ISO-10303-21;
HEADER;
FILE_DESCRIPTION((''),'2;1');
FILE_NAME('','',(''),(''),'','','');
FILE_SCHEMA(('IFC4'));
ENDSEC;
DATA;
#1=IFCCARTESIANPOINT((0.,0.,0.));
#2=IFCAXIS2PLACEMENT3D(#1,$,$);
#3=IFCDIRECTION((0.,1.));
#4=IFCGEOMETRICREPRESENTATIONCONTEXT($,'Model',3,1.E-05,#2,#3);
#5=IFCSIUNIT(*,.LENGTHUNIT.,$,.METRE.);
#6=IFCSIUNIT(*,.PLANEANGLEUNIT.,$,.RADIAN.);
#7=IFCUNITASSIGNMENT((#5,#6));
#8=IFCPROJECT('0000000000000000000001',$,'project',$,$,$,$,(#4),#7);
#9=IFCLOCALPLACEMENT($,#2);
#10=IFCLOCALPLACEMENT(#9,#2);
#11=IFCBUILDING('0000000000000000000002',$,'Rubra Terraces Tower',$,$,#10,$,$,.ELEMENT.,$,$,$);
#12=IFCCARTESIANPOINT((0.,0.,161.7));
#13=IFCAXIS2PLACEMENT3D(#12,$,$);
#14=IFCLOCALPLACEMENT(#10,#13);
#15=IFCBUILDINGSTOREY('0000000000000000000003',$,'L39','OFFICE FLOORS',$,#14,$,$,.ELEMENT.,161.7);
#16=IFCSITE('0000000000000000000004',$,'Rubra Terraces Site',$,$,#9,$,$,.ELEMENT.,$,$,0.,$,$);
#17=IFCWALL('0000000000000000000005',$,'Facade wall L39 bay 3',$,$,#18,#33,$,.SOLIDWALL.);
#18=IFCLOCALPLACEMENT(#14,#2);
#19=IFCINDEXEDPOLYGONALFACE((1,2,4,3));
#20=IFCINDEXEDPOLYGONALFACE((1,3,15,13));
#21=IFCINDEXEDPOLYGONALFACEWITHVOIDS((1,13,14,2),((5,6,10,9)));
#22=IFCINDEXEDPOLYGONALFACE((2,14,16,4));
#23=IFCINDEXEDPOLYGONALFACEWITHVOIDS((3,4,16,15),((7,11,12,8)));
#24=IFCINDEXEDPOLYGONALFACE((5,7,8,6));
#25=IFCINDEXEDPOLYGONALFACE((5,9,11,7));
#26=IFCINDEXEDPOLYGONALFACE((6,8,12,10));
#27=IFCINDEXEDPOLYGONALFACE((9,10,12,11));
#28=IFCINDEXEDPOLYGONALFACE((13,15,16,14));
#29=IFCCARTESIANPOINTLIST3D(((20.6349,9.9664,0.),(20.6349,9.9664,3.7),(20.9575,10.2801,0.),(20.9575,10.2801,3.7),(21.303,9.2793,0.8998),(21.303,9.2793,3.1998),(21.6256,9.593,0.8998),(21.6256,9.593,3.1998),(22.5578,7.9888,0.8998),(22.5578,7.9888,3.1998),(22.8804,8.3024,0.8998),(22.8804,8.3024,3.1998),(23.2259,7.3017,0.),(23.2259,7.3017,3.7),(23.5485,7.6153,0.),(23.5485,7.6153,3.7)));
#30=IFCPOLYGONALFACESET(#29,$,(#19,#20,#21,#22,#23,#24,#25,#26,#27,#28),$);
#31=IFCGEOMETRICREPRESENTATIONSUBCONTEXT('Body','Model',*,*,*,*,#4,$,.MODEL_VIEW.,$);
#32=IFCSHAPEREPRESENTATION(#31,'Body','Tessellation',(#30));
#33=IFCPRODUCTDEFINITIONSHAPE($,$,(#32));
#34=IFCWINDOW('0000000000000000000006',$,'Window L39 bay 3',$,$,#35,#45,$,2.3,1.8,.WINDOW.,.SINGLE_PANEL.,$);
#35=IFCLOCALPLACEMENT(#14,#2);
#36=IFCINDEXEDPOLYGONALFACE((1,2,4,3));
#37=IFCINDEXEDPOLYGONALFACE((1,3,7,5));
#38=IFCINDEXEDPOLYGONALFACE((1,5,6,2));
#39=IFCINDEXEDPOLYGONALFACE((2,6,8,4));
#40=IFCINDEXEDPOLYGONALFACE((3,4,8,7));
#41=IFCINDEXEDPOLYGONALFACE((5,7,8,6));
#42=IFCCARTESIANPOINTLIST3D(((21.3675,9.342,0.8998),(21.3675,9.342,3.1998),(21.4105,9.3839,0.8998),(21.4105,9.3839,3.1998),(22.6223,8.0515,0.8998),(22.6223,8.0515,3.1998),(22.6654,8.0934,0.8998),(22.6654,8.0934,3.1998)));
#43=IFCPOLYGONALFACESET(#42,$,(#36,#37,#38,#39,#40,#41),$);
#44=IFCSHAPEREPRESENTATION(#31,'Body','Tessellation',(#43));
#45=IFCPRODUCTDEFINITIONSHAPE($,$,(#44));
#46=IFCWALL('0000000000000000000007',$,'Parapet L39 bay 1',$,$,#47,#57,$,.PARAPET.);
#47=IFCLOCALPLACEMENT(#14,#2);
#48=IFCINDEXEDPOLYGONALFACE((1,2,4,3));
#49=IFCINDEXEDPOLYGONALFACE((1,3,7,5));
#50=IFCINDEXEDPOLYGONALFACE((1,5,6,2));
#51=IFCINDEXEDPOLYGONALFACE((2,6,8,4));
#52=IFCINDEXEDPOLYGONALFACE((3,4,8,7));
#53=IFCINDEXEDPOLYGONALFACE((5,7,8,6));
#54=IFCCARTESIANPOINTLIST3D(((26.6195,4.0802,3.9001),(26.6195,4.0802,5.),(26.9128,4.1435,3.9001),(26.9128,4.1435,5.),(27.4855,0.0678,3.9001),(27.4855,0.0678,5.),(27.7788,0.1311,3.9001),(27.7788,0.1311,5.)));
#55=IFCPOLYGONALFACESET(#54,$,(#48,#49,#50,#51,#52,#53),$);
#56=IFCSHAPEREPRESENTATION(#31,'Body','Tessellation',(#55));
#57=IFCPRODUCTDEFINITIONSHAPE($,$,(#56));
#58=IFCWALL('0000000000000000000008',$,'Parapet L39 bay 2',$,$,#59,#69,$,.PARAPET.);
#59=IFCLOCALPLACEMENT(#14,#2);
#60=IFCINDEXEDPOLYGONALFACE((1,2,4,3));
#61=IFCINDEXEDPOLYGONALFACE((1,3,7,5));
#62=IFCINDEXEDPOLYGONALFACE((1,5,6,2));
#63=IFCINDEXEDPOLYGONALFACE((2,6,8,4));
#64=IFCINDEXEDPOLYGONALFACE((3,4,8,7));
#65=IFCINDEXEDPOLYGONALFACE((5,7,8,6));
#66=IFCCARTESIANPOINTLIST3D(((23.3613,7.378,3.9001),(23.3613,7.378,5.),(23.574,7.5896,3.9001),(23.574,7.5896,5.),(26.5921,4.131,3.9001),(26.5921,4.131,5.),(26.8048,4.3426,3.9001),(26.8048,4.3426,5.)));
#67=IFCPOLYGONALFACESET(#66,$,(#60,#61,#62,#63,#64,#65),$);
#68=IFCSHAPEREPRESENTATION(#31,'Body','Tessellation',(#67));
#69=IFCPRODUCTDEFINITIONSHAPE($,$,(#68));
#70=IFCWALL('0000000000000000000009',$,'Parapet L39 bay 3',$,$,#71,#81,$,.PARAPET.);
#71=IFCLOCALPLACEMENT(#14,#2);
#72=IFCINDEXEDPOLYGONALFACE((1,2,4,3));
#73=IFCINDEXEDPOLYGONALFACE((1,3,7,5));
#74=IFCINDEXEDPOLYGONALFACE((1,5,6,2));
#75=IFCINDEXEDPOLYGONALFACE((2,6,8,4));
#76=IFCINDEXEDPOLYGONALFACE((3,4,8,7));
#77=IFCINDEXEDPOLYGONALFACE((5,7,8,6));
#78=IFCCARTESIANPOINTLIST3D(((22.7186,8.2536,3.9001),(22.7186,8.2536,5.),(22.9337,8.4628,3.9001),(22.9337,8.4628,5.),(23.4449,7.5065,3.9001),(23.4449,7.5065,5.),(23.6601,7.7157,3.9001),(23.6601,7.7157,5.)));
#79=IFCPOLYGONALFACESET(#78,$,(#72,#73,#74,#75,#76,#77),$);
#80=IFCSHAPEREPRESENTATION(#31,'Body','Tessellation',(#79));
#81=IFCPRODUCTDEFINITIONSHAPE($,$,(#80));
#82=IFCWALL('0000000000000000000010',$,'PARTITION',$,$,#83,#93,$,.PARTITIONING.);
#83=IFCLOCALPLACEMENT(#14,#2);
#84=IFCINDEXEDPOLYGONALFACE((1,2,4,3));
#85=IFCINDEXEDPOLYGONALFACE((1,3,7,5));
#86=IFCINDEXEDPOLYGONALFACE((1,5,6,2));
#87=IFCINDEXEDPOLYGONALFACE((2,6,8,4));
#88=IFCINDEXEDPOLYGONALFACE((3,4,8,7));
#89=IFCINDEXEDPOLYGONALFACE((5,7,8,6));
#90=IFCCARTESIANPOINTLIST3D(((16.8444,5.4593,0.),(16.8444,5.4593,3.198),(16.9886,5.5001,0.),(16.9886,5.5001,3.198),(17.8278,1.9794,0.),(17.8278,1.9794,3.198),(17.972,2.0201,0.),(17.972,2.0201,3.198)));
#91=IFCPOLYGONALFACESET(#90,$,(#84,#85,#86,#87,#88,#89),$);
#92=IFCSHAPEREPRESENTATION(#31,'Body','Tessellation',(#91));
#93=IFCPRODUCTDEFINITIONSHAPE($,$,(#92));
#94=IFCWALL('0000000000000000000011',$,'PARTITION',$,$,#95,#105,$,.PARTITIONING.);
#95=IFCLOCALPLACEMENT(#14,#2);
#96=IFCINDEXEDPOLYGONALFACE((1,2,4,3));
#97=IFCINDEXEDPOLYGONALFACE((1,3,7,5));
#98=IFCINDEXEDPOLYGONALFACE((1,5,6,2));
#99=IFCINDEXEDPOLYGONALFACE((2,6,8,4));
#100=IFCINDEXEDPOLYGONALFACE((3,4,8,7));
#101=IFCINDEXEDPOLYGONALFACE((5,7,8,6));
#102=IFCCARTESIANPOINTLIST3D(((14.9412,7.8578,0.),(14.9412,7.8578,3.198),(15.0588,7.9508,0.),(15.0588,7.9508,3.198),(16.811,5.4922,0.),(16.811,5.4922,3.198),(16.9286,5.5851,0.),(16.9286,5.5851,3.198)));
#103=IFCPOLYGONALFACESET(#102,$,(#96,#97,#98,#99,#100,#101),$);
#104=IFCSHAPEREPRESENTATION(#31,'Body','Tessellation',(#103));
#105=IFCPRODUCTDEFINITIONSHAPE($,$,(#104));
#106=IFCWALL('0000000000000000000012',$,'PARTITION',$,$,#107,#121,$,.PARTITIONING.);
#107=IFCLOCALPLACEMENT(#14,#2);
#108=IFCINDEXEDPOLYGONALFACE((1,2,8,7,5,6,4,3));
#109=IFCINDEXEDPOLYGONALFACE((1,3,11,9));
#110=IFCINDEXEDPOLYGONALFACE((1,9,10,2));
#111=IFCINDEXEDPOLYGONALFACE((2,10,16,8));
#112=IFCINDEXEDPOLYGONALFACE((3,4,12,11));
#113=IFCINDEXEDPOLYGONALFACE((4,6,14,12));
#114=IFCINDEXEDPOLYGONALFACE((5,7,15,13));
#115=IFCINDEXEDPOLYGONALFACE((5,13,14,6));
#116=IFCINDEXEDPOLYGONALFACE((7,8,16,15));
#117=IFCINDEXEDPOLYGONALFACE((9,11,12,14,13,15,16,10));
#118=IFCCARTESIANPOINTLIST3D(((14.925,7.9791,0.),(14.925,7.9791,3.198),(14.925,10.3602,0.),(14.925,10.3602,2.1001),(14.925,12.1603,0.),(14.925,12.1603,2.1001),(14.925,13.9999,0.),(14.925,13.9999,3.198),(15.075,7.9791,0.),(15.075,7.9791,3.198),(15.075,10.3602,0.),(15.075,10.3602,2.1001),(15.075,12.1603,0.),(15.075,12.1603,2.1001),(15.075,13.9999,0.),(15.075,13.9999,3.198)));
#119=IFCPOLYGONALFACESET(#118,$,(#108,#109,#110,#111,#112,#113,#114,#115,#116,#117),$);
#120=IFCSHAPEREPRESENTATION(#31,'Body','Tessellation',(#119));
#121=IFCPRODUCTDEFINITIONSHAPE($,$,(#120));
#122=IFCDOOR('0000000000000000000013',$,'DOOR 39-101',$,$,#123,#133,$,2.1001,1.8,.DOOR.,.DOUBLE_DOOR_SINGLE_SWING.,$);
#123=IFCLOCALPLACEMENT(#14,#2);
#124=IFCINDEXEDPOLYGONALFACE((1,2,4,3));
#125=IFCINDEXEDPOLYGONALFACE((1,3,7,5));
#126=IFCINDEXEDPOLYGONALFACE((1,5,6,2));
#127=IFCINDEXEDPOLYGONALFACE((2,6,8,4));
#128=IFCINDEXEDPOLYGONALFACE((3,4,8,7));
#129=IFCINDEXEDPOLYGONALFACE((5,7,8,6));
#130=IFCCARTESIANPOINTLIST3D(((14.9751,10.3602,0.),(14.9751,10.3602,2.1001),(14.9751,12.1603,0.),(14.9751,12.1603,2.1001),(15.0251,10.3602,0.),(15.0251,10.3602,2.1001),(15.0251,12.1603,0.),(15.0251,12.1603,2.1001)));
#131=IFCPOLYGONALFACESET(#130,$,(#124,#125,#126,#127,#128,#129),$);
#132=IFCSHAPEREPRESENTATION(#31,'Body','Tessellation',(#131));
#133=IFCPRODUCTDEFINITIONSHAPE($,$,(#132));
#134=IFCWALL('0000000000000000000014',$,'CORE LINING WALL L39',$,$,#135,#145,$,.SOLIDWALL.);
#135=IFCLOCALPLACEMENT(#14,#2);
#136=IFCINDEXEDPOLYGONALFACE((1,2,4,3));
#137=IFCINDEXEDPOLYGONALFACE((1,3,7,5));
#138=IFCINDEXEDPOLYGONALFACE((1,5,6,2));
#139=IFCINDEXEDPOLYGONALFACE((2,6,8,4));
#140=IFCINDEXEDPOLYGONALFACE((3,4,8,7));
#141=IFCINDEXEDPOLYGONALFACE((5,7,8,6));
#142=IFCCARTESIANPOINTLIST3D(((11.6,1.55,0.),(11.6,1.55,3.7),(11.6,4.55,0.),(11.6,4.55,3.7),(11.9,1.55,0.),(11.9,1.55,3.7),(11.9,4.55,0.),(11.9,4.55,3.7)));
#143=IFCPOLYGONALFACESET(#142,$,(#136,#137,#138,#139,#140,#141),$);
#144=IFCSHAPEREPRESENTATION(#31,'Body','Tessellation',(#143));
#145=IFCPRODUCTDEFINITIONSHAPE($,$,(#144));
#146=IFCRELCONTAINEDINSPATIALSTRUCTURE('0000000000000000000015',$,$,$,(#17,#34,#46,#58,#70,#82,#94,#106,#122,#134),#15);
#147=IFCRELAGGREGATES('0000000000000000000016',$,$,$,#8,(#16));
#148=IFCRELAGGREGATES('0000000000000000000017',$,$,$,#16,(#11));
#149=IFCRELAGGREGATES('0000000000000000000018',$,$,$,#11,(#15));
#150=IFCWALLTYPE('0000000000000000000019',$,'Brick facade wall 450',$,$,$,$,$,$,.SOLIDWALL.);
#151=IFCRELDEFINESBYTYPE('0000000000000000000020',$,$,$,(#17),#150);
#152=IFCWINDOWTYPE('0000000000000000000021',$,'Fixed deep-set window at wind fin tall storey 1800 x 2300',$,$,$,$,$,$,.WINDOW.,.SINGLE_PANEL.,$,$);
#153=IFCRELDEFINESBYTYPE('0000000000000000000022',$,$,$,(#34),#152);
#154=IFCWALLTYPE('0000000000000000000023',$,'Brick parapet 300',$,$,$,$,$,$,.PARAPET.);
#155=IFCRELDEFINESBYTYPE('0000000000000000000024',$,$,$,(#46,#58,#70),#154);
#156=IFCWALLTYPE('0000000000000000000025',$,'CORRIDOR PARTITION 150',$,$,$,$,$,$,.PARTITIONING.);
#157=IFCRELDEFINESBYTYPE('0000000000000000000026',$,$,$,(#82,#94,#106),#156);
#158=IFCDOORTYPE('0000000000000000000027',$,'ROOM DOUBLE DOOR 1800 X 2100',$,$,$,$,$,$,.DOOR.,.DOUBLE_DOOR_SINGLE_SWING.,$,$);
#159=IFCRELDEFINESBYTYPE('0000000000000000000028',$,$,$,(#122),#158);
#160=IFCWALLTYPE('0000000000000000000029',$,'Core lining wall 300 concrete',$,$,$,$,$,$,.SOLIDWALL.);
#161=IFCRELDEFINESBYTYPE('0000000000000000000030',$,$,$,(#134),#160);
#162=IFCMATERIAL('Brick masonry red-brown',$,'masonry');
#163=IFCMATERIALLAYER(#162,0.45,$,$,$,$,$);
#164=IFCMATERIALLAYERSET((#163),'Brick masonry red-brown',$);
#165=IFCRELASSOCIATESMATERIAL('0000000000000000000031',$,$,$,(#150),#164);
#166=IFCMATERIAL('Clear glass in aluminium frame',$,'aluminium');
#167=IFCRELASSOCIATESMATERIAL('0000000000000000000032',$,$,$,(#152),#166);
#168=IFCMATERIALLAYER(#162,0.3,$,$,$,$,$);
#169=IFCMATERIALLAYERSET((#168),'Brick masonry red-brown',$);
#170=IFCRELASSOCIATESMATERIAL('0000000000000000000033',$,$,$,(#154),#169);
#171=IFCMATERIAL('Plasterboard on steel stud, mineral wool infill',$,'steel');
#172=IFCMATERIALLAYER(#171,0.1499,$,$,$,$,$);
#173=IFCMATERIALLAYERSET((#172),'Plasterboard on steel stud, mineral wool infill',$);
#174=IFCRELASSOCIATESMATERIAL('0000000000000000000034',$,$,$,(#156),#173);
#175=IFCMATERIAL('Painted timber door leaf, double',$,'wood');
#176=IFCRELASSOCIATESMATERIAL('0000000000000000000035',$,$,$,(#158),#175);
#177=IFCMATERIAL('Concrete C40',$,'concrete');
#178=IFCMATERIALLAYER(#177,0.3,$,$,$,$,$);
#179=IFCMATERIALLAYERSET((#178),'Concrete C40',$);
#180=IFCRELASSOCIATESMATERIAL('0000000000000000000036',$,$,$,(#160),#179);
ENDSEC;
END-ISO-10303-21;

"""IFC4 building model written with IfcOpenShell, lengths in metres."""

from ifc_helpers import new_model, si_unit, direction, frame, frame_2d, origin, place, context, subcontext, project, spatial, rectangle, extrude, material, layer, layer_set, type_object, element, fill, save


model = new_model("IFC4")

# Units and contexts
model_context = context("Model", 3, precision=1e-05, world=origin(), true_north=direction((0.0, 1.0)))
body_context = subcontext(model_context, "Body", "Model", "MODEL_VIEW")
ifc_project = project(units=[si_unit("LENGTHUNIT", "METRE"), si_unit("PLANEANGLEUNIT", "RADIAN")], contexts=[model_context])

# Site, building, storey
site_placement = place(None, origin())
site = spatial("IfcSite", under=ifc_project, at=site_placement, Name="Rubra Terraces Site", CompositionType="ELEMENT", RefElevation=0.0)
building_placement = place(site_placement, origin())
building = spatial("IfcBuilding", under=site, at=building_placement, Name="Rubra Terraces Tower", CompositionType="ELEMENT")
storey_placement = place(building_placement, frame((0.0, 0.0, 161.7)))
storey = spatial("IfcBuildingStorey", under=building, at=storey_placement, Name="L39", Description="OFFICE FLOORS", CompositionType="ELEMENT", Elevation=161.7)

# Wall, opening, window
ifc_material_1 = material(Name="Brick masonry red-brown", Category="masonry")
ifc_layer_1 = layer(ifc_material_1, 0.45)
ifc_layer_set_1 = layer_set([ifc_layer_1], Name="Brick masonry red-brown")
wall_type_1 = type_object("IfcWallType", Name="Brick facade wall 450", PredefinedType="SOLIDWALL", material=ifc_layer_set_1)
ifc_material_2 = material(Name="Clear glass in aluminium frame", Category="aluminium")
wall_1_placement = place(storey_placement, frame((23.3872, 7.4585, 0.0), z_axis=(0.0, 0.0, 1.0), x_axis=(-0.697119, 0.716956, 0.0)))
wall_1 = element("IfcWall", 1, at=wall_1_placement, inside=storey, type_object=wall_type_1, Name="Facade wall L39 bay 3", PredefinedType="SOLIDWALL", context=body_context, shape_type="SweptSolid", body=[
    extrude(rectangle(XDim=3.7168, YDim=0.45, at=frame_2d((1.8584, 0.0))), origin(), (0.0, 0.0, 1.0), 3.7),
])
opening_1_placement = place(wall_1_placement, frame((0.9585, 0.0, 0.8999)))
opening_1 = element("IfcOpeningElement", 2, at=opening_1_placement, cuts=wall_1, PredefinedType="OPENING", context=body_context, shape_type="SweptSolid", body=[
    extrude(rectangle(XDim=1.8, YDim=2.3, at=frame_2d((0.8999, 1.1499))), frame((0.0, 0.2349, 0.0), z_axis=(0.0, -1.0, 0.0), x_axis=(1.0, 0.0, 0.0)), (0.0, 0.0, 1.0), 0.47),
])
window_type_1 = type_object("IfcWindowType", Name="Fixed deep-set window at wind fin tall storey 1800 x 2300", PartitioningType="SINGLE_PANEL", PredefinedType="WINDOW", material=ifc_material_2)
window_1_placement = place(opening_1_placement, origin())
window_1 = element("IfcWindow", 3, at=window_1_placement, inside=storey, type_object=window_type_1, Name="Window L39 bay 3", OverallHeight=2.3, OverallWidth=1.8, PartitioningType="SINGLE_PANEL", PredefinedType="WINDOW", context=body_context, shape_type="SweptSolid", body=[
    extrude(rectangle(XDim=1.8, YDim=2.3, at=frame_2d((0.8999, 1.1499))), frame((0.0, 0.135, 0.0), z_axis=(0.0, -1.0, 0.0), x_axis=(1.0, 0.0, 0.0)), (0.0, 0.0, 1.0), 0.0601),
])
fill(opening_1, window_1)

# Walls
ifc_layer_2 = layer(ifc_material_1, 0.3)
ifc_layer_set_2 = layer_set([ifc_layer_2], Name="Brick masonry red-brown")
wall_type_2 = type_object("IfcWallType", Name="Brick parapet 300", PredefinedType="PARAPET", material=ifc_layer_set_2)
wall_2_placement = place(storey_placement, frame((27.6321, 0.0996, 3.9001), z_axis=(0.0, 0.0, 1.0), x_axis=(-0.210963, 0.977494, 0.0)))
element("IfcWall", 4, at=wall_2_placement, inside=storey, type_object=wall_type_2, Name="Parapet L39 bay 1", PredefinedType="PARAPET", context=body_context, shape_type="SweptSolid", body=[
    extrude(rectangle(XDim=4.1047, YDim=0.3, at=frame_2d((2.0522, 0.0))), origin(), (0.0, 0.0, 1.0), 1.0999),
])
wall_3_placement = place(storey_placement, frame((26.6985, 4.2368, 3.9001), z_axis=(0.0, 0.0, 1.0), x_axis=(-0.705346, 0.708863, 0.0)))
element("IfcWall", 5, at=wall_3_placement, inside=storey, type_object=wall_type_2, Name="Parapet L39 bay 2", PredefinedType="PARAPET", context=body_context, shape_type="SweptSolid", body=[
    extrude(rectangle(XDim=4.5806, YDim=0.3, at=frame_2d((2.2903, 0.0))), origin(), (0.0, 0.0, 1.0), 1.0999),
])
wall_4_placement = place(storey_placement, frame((23.5525, 7.6111, 3.9001), z_axis=(0.0, 0.0, 1.0), x_axis=(-0.697078, 0.716995, 0.0)))
element("IfcWall", 6, at=wall_4_placement, inside=storey, type_object=wall_type_2, Name="Parapet L39 bay 3", PredefinedType="PARAPET", context=body_context, shape_type="SweptSolid", body=[
    extrude(rectangle(XDim=1.042, YDim=0.3, at=frame_2d((0.521, 0.0))), origin(), (0.0, 0.0, 1.0), 1.0999),
])
ifc_material_3 = material(Name="Plasterboard on steel stud, mineral wool infill", Category="steel")
ifc_layer_3 = layer(ifc_material_3, 0.1499)
ifc_layer_set_3 = layer_set([ifc_layer_3], Name="Plasterboard on steel stud, mineral wool infill")
wall_type_3 = type_object("IfcWallType", Name="CORRIDOR PARTITION 150", PredefinedType="PARTITIONING", material=ifc_layer_set_3)
wall_5_placement = place(storey_placement, frame((17.8999, 1.9998, 0.0), z_axis=(0.0, 0.0, 1.0), x_axis=(-0.271938, 0.962315, 0.0)))
element("IfcWall", 7, at=wall_5_placement, inside=storey, type_object=wall_type_3, Name="PARTITION", PredefinedType="PARTITIONING", context=body_context, shape_type="SweptSolid", body=[
    extrude(rectangle(XDim=3.6162, YDim=0.1499, at=frame_2d((1.8081, 0.0))), origin(), (0.0, 0.0, 1.0), 3.198),
])
wall_6_placement = place(storey_placement, frame((16.8699, 5.5386, 0.0), z_axis=(0.0, 0.0, 1.0), x_axis=(-0.620093, 0.784528, 0.0)))
element("IfcWall", 8, at=wall_6_placement, inside=storey, type_object=wall_type_3, Name="PARTITION", PredefinedType="PARTITIONING", context=body_context, shape_type="SweptSolid", body=[
    extrude(rectangle(XDim=3.0154, YDim=0.1499, at=frame_2d((1.5078, 0.0))), origin(), (0.0, 0.0, 1.0), 3.198),
])

# Wall, opening, door
wall_7_placement = place(storey_placement, frame((15.0, 7.9792, 0.0), z_axis=(0.0, 0.0, 1.0), x_axis=(0.0, 1.0, 0.0)))
wall_7 = element("IfcWall", 9, at=wall_7_placement, inside=storey, type_object=wall_type_3, Name="PARTITION", PredefinedType="PARTITIONING", context=body_context, shape_type="SweptSolid", body=[
    extrude(rectangle(XDim=6.0208, YDim=0.1499, at=frame_2d((3.0103, 0.0))), origin(), (0.0, 0.0, 1.0), 3.198),
])
opening_2_placement = place(wall_7_placement, frame((2.3811, 0.0, 0.0)))
opening_2 = element("IfcOpeningElement", 10, at=opening_2_placement, cuts=wall_7, PredefinedType="OPENING", context=body_context, shape_type="SweptSolid", body=[
    extrude(rectangle(XDim=1.8, YDim=2.1001, at=frame_2d((0.8999, 1.05))), frame((0.0, 0.085, 0.0), z_axis=(0.0, -1.0, 0.0), x_axis=(1.0, 0.0, 0.0)), (0.0, 0.0, 1.0), 0.1699),
])
ifc_material_4 = material(Name="Painted timber door leaf, double", Category="wood")
door_type_1 = type_object("IfcDoorType", Name="ROOM DOUBLE DOOR 1800 X 2100", OperationType="DOUBLE_DOOR_SINGLE_SWING", PredefinedType="DOOR", material=ifc_material_4)
door_1_placement = place(opening_2_placement, origin())
door_1 = element("IfcDoor", 11, at=door_1_placement, inside=storey, type_object=door_type_1, Name="DOOR 39-101", OperationType="DOUBLE_DOOR_SINGLE_SWING", OverallHeight=2.1001, OverallWidth=1.8, PredefinedType="DOOR", context=body_context, shape_type="SweptSolid", body=[
    extrude(rectangle(XDim=1.8, YDim=2.1001, at=frame_2d((0.8999, 1.05))), frame((0.0, 0.0249, 0.0), z_axis=(0.0, -1.0, 0.0), x_axis=(1.0, 0.0, 0.0)), (0.0, 0.0, 1.0), 0.05),
])
fill(opening_2, door_1)

# Wall
ifc_material_5 = material(Name="Concrete C40", Category="concrete")
ifc_layer_4 = layer(ifc_material_5, 0.3)
ifc_layer_set_4 = layer_set([ifc_layer_4], Name="Concrete C40")
wall_type_4 = type_object("IfcWallType", Name="Core lining wall 300 concrete", PredefinedType="SOLIDWALL", material=ifc_layer_set_4)
wall_8_placement = place(storey_placement, frame((11.75, 4.55, 0.0), z_axis=(0.0, 0.0, 1.0), x_axis=(0.0, -1.0, 0.0)))
element("IfcWall", 12, at=wall_8_placement, inside=storey, type_object=wall_type_4, Name="CORE LINING WALL L39", PredefinedType="SOLIDWALL", context=body_context, shape_type="SweptSolid", body=[
    extrude(rectangle(XDim=3.0, YDim=0.3, at=frame_2d((1.5, 0.0))), origin(), (0.0, 0.0, 1.0), 3.7),
])

save(model, "model.ifc")
